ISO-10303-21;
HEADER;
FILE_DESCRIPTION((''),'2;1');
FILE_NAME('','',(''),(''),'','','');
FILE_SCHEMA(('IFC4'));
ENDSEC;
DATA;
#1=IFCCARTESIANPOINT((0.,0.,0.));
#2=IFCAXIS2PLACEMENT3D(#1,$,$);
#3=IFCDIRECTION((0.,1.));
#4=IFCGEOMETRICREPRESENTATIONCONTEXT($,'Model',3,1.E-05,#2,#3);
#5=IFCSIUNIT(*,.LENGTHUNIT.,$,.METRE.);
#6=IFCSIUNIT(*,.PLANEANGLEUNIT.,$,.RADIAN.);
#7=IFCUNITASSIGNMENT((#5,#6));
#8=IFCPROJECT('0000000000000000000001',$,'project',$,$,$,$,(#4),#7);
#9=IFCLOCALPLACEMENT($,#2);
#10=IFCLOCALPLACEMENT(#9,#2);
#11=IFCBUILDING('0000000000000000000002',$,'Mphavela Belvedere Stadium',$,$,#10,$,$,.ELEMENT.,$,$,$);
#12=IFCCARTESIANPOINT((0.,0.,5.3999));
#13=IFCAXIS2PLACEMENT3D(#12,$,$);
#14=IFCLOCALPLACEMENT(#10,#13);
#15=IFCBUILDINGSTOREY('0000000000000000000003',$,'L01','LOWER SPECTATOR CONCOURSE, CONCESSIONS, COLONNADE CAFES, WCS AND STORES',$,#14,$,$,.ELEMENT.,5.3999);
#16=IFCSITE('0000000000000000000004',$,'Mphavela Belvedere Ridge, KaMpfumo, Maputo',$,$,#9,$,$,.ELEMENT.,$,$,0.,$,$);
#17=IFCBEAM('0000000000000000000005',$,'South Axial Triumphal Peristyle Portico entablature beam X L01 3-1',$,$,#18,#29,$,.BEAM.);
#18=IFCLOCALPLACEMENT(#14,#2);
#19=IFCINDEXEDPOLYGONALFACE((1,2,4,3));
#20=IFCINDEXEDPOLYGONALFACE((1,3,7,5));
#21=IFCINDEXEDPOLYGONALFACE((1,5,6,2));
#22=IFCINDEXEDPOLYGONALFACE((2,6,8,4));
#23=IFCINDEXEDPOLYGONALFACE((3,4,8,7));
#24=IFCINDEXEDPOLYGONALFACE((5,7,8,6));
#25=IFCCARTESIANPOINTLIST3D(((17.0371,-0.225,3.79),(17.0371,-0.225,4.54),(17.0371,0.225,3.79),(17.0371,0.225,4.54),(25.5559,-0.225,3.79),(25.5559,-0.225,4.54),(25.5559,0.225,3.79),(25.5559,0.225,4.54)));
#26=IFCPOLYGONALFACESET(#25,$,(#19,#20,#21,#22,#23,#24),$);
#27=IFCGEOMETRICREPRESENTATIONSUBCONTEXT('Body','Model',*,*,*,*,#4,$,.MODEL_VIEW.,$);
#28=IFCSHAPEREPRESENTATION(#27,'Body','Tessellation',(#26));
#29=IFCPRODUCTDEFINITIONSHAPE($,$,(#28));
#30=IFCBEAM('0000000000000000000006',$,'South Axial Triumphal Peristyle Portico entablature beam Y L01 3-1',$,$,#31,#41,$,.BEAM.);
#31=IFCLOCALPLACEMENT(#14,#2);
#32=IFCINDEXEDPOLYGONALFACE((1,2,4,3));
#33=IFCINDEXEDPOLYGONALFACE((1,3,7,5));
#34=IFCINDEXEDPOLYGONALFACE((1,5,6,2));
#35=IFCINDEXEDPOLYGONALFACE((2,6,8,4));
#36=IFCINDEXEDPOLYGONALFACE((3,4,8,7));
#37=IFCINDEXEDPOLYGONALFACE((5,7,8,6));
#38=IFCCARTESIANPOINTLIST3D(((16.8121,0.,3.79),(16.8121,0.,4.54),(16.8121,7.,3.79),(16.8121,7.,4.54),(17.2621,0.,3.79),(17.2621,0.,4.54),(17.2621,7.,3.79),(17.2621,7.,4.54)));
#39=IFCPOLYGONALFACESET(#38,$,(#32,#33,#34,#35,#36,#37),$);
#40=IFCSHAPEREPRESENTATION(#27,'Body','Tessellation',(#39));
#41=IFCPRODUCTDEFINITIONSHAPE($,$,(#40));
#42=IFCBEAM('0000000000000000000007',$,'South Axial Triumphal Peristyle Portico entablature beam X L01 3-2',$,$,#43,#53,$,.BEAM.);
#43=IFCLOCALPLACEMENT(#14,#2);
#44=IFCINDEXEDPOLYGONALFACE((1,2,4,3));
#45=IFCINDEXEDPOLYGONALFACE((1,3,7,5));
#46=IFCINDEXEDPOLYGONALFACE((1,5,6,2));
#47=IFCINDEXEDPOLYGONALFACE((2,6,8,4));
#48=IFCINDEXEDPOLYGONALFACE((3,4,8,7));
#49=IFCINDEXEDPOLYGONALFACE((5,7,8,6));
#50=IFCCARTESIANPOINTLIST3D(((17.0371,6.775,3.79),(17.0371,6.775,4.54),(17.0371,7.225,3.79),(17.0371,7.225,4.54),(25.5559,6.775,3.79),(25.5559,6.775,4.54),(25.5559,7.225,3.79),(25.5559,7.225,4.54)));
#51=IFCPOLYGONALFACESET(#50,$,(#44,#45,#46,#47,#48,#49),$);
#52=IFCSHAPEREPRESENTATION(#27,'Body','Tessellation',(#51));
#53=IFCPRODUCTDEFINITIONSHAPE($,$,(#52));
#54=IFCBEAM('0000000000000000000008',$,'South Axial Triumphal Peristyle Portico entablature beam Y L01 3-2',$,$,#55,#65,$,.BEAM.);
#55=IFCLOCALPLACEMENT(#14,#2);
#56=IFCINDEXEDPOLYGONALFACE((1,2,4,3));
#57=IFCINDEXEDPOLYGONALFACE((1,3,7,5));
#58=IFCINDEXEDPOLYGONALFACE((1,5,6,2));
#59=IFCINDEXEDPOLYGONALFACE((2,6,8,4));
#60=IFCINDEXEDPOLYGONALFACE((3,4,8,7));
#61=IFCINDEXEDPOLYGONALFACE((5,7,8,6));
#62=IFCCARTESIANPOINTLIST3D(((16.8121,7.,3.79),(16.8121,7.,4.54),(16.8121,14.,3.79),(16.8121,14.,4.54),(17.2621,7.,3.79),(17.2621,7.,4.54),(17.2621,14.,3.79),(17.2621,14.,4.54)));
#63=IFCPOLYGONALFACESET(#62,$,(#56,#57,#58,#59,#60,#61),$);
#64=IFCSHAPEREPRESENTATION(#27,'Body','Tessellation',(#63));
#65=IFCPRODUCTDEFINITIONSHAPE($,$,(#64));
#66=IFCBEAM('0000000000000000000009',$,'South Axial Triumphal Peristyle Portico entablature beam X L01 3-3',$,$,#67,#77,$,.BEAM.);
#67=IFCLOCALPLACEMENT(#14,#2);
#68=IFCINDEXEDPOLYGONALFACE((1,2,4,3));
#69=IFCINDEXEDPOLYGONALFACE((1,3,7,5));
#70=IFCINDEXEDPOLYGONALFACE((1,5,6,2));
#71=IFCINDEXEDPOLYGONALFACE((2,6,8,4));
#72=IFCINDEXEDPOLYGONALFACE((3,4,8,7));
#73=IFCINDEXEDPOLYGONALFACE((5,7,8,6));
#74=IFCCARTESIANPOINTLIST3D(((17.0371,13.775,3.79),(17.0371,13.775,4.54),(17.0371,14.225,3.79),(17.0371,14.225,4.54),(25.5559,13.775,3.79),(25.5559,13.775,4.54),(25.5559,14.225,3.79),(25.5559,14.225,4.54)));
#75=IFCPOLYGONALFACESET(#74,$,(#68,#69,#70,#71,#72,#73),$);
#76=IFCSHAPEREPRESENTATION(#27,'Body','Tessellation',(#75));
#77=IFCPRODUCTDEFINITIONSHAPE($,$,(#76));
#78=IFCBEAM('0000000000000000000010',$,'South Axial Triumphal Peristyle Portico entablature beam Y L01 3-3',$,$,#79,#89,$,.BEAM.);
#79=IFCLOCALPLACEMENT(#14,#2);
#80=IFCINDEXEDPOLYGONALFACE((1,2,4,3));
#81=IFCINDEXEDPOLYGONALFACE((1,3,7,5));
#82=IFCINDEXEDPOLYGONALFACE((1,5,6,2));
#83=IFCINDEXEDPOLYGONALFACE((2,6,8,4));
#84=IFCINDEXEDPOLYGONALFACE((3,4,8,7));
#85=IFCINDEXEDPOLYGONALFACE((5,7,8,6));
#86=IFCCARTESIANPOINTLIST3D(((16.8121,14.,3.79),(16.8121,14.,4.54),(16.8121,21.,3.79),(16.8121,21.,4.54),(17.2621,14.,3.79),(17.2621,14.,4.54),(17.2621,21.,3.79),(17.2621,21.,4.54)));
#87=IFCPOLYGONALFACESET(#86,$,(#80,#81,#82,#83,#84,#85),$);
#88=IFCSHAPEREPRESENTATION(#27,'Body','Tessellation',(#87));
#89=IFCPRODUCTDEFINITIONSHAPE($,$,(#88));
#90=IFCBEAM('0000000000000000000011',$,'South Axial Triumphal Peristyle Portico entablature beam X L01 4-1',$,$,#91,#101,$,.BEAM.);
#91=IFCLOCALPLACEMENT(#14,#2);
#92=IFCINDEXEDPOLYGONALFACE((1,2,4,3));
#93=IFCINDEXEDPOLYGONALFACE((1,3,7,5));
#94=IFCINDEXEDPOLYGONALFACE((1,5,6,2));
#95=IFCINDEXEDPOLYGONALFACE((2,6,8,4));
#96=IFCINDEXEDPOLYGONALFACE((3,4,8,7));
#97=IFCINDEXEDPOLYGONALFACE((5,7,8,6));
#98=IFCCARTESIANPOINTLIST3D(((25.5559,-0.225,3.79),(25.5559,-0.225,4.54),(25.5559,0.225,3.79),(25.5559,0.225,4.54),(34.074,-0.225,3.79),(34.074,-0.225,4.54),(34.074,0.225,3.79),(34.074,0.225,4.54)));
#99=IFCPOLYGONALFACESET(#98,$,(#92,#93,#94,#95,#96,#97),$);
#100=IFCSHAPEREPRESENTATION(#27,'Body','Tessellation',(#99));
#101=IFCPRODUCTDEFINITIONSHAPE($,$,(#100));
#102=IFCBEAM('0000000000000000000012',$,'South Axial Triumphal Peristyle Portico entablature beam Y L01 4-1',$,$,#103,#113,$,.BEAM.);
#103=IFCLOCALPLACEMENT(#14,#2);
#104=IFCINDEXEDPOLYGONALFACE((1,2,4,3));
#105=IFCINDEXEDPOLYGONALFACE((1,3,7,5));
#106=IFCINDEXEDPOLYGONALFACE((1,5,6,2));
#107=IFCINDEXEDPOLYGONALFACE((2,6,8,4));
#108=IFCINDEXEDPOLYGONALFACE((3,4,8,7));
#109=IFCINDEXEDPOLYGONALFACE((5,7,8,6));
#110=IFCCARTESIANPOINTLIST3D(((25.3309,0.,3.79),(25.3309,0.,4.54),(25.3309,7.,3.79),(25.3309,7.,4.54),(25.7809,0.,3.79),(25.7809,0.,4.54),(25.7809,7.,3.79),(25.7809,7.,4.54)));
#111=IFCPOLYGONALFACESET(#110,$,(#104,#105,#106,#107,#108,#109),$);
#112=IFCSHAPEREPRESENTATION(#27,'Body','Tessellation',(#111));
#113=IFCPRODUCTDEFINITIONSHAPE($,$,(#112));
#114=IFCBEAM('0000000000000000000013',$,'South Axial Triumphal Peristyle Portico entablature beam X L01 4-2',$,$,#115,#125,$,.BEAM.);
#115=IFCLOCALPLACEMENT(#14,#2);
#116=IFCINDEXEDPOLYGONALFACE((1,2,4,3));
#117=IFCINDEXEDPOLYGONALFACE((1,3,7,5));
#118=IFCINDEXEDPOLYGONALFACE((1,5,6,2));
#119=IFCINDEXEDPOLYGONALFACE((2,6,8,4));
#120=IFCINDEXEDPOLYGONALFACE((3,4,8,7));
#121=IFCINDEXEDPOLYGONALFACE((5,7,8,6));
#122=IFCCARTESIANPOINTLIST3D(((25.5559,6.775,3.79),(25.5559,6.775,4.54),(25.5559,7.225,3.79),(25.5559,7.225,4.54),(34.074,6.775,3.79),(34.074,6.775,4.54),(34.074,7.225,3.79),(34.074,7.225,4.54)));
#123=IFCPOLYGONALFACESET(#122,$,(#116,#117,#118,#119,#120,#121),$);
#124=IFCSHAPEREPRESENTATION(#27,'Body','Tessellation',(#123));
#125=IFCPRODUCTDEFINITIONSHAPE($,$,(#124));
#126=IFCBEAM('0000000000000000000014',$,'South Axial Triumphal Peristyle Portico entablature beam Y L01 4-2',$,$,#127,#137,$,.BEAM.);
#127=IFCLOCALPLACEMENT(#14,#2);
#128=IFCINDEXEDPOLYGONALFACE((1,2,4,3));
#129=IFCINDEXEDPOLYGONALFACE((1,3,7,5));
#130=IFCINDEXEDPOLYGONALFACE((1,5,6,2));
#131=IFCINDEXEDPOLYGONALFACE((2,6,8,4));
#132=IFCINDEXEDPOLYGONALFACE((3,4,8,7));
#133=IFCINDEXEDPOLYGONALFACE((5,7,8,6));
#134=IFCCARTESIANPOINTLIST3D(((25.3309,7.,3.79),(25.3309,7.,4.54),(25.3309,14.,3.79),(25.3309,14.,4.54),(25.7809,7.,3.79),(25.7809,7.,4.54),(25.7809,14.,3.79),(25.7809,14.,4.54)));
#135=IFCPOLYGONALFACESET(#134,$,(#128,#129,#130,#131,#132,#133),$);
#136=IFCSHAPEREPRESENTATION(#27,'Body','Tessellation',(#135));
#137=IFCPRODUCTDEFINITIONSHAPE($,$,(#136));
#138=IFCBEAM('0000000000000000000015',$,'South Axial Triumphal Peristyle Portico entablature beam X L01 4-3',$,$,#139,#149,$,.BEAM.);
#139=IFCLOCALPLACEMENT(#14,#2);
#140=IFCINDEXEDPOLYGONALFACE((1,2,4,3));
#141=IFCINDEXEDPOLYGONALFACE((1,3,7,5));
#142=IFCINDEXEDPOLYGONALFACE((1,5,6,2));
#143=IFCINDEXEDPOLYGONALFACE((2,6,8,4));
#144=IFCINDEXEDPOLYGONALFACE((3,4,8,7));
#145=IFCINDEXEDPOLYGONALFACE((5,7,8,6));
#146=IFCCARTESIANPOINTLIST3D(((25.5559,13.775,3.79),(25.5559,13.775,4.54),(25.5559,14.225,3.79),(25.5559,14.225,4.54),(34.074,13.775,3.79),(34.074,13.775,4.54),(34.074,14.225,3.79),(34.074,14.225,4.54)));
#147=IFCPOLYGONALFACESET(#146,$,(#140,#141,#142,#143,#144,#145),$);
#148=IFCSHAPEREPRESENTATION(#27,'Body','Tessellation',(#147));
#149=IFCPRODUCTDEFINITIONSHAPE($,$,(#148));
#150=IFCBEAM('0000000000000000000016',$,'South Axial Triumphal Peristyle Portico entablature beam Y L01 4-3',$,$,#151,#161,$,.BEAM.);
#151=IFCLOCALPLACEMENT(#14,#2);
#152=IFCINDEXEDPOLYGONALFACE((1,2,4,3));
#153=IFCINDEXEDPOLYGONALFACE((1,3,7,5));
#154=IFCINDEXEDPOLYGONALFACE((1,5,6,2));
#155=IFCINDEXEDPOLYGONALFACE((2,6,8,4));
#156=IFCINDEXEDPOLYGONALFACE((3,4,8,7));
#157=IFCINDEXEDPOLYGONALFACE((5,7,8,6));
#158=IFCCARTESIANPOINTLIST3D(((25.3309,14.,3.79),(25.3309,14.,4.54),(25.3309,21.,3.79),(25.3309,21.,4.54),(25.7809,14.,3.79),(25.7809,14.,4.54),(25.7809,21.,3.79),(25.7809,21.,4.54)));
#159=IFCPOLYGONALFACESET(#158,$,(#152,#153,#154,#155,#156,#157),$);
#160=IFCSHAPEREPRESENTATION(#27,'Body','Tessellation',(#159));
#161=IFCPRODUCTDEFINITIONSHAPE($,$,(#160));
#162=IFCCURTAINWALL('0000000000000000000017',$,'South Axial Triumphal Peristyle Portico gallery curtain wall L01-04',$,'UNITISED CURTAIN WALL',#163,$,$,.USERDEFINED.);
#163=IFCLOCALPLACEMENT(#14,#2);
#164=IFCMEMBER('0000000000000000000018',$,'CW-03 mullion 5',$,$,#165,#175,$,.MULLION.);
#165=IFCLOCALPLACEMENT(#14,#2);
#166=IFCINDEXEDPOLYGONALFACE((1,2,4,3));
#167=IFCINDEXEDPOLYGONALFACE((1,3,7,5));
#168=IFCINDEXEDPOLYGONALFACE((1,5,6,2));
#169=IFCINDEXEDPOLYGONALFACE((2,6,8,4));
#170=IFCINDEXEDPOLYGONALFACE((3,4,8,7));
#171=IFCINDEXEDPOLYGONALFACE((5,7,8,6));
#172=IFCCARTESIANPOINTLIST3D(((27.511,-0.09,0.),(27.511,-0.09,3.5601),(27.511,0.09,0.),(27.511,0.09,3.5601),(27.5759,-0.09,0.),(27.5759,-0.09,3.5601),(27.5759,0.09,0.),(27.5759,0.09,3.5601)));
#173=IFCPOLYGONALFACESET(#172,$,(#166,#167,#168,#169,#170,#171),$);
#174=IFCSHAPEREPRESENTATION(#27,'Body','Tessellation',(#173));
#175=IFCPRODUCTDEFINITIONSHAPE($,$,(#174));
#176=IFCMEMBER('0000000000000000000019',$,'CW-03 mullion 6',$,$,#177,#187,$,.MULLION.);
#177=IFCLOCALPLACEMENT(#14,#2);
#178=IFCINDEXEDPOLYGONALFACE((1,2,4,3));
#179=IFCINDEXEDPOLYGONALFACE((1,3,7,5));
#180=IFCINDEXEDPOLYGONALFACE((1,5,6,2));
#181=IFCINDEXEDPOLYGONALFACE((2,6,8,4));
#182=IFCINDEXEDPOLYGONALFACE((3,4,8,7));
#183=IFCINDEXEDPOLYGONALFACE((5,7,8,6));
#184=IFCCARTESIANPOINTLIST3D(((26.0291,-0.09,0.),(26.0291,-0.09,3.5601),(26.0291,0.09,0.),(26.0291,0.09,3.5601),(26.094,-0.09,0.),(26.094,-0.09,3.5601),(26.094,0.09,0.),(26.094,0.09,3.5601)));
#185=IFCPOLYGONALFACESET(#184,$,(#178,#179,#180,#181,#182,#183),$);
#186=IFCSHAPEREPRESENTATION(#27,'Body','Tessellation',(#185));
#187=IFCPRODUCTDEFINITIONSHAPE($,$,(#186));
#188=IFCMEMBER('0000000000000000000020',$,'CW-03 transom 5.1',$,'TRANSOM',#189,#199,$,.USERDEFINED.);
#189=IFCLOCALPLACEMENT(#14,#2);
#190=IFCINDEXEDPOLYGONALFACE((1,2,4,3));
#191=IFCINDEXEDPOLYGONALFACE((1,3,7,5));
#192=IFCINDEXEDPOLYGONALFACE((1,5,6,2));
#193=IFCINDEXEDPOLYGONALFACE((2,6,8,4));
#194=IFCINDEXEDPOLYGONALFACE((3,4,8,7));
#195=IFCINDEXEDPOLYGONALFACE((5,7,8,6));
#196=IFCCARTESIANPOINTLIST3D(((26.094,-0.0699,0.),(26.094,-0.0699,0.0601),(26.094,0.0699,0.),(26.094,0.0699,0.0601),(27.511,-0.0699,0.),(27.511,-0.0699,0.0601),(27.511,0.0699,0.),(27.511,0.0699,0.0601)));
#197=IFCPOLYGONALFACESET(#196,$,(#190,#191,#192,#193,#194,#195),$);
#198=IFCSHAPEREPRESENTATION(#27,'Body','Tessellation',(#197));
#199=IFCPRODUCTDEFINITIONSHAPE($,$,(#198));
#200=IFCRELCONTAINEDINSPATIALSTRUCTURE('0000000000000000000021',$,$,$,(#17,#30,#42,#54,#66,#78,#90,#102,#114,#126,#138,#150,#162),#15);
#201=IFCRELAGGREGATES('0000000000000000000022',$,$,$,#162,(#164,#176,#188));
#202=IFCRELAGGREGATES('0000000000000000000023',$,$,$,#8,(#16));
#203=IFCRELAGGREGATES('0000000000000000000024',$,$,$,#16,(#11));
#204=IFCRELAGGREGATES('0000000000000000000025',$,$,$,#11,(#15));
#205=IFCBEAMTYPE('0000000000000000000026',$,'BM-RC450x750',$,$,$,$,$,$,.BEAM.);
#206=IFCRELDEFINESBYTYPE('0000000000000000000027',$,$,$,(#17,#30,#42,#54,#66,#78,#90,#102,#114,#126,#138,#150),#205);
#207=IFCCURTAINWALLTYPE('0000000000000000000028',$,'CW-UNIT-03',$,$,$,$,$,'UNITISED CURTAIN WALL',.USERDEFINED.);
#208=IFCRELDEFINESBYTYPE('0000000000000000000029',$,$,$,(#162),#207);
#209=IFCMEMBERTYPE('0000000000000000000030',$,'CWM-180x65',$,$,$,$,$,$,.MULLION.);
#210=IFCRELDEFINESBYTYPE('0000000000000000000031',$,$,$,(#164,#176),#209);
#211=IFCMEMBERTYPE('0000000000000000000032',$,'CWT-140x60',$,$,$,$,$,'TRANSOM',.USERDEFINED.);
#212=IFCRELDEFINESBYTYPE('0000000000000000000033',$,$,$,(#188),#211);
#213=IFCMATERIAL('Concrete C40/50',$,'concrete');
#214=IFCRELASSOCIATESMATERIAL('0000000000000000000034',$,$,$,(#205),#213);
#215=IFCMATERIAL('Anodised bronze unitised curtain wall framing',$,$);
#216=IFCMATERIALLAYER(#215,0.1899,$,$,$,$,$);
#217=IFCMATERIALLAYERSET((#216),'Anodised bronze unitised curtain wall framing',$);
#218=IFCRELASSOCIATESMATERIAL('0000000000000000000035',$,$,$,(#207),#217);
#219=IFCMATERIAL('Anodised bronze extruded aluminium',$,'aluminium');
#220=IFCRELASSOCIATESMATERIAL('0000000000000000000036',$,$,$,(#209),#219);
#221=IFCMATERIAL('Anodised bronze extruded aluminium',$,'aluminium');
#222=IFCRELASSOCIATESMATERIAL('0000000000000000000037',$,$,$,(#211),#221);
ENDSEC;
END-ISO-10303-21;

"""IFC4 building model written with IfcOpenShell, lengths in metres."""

from ifc_helpers import new_model, si_unit, direction, frame, origin, origin_2d, place, context, subcontext, project, spatial, rectangle, extrude, material, layer, layer_set, material_profile, profile_set, type_object, element, aggregate, save


model = new_model("IFC4")

# Units and contexts
model_context = context("Model", 3, precision=1e-05, world=origin(), true_north=direction((0.0, 1.0)))
body_context = subcontext(model_context, "Body", "Model", "MODEL_VIEW")
ifc_project = project(units=[si_unit("LENGTHUNIT", "METRE"), si_unit("PLANEANGLEUNIT", "RADIAN")], contexts=[model_context])

# Site, building, storey
site_placement = place(None, origin())
site = spatial("IfcSite", under=ifc_project, at=site_placement, Name="Mphavela Belvedere Ridge, KaMpfumo, Maputo", CompositionType="ELEMENT", RefElevation=0.0)
building_placement = place(site_placement, origin())
building = spatial("IfcBuilding", under=site, at=building_placement, Name="Mphavela Belvedere Stadium", CompositionType="ELEMENT")
storey_placement = place(building_placement, frame((0.0, 0.0, 5.3999)))
storey = spatial("IfcBuildingStorey", under=building, at=storey_placement, Name="L01", Description="LOWER SPECTATOR CONCOURSE, CONCESSIONS, COLONNADE CAFES, WCS AND STORES", CompositionType="ELEMENT", Elevation=5.3999)

# Beams
ifc_material_1 = material(Name="Concrete C40/50", Category="concrete")
ifc_material_profile_1 = material_profile(ifc_material_1, rectangle(XDim=0.45, YDim=0.75, at=origin_2d()), Name="RC 450x750")
ifc_profile_set_1 = profile_set([ifc_material_profile_1], Name="Concrete C40/50")
beam_type_1 = type_object("IfcBeamType", Name="BM-RC450x750", PredefinedType="BEAM", material=ifc_profile_set_1)
beam_1_placement = place(storey_placement, frame((17.0371, 0.0, 4.165), z_axis=(1.0, 0.0, 0.0), x_axis=(0.0, 1.0, 0.0)))
element("IfcBeam", 1, at=beam_1_placement, inside=storey, type_object=beam_type_1, Name="South Axial Triumphal Peristyle Portico entablature beam X L01 3-1", PredefinedType="BEAM", context=body_context, shape_type="SweptSolid", body=[
    extrude(rectangle(XDim=0.45, YDim=0.75, at=origin_2d()), origin(), (0.0, 0.0, 1.0), 8.5188),
])
beam_2_placement = place(storey_placement, frame((17.0371, 0.0, 4.165), z_axis=(0.0, 1.0, 0.0), x_axis=(-1.0, 0.0, 0.0)))
element("IfcBeam", 2, at=beam_2_placement, inside=storey, type_object=beam_type_1, Name="South Axial Triumphal Peristyle Portico entablature beam Y L01 3-1", PredefinedType="BEAM", context=body_context, shape_type="SweptSolid", body=[
    extrude(rectangle(XDim=0.45, YDim=0.75, at=origin_2d()), origin(), (0.0, 0.0, 1.0), 7.0),
])
beam_3_placement = place(storey_placement, frame((17.0371, 7.0, 4.165), z_axis=(1.0, 0.0, 0.0), x_axis=(0.0, 1.0, 0.0)))
element("IfcBeam", 3, at=beam_3_placement, inside=storey, type_object=beam_type_1, Name="South Axial Triumphal Peristyle Portico entablature beam X L01 3-2", PredefinedType="BEAM", context=body_context, shape_type="SweptSolid", body=[
    extrude(rectangle(XDim=0.45, YDim=0.75, at=origin_2d()), origin(), (0.0, 0.0, 1.0), 8.5188),
])
beam_4_placement = place(storey_placement, frame((17.0371, 7.0, 4.165), z_axis=(0.0, 1.0, 0.0), x_axis=(-1.0, 0.0, 0.0)))
element("IfcBeam", 4, at=beam_4_placement, inside=storey, type_object=beam_type_1, Name="South Axial Triumphal Peristyle Portico entablature beam Y L01 3-2", PredefinedType="BEAM", context=body_context, shape_type="SweptSolid", body=[
    extrude(rectangle(XDim=0.45, YDim=0.75, at=origin_2d()), origin(), (0.0, 0.0, 1.0), 7.0),
])
beam_5_placement = place(storey_placement, frame((17.0371, 14.0, 4.165), z_axis=(1.0, 0.0, 0.0), x_axis=(0.0, 1.0, 0.0)))
element("IfcBeam", 5, at=beam_5_placement, inside=storey, type_object=beam_type_1, Name="South Axial Triumphal Peristyle Portico entablature beam X L01 3-3", PredefinedType="BEAM", context=body_context, shape_type="SweptSolid", body=[
    extrude(rectangle(XDim=0.45, YDim=0.75, at=origin_2d()), origin(), (0.0, 0.0, 1.0), 8.5188),
])
beam_6_placement = place(storey_placement, frame((17.0371, 14.0, 4.165), z_axis=(0.0, 1.0, 0.0), x_axis=(-1.0, 0.0, 0.0)))
element("IfcBeam", 6, at=beam_6_placement, inside=storey, type_object=beam_type_1, Name="South Axial Triumphal Peristyle Portico entablature beam Y L01 3-3", PredefinedType="BEAM", context=body_context, shape_type="SweptSolid", body=[
    extrude(rectangle(XDim=0.45, YDim=0.75, at=origin_2d()), origin(), (0.0, 0.0, 1.0), 7.0),
])
beam_7_placement = place(storey_placement, frame((25.5559, 0.0, 4.165), z_axis=(1.0, 0.0, 0.0), x_axis=(0.0, 1.0, 0.0)))
element("IfcBeam", 7, at=beam_7_placement, inside=storey, type_object=beam_type_1, Name="South Axial Triumphal Peristyle Portico entablature beam X L01 4-1", PredefinedType="BEAM", context=body_context, shape_type="SweptSolid", body=[
    extrude(rectangle(XDim=0.45, YDim=0.75, at=origin_2d()), origin(), (0.0, 0.0, 1.0), 8.5181),
])
beam_8_placement = place(storey_placement, frame((25.5559, 0.0, 4.165), z_axis=(0.0, 1.0, 0.0), x_axis=(-1.0, 0.0, 0.0)))
element("IfcBeam", 8, at=beam_8_placement, inside=storey, type_object=beam_type_1, Name="South Axial Triumphal Peristyle Portico entablature beam Y L01 4-1", PredefinedType="BEAM", context=body_context, shape_type="SweptSolid", body=[
    extrude(rectangle(XDim=0.45, YDim=0.75, at=origin_2d()), origin(), (0.0, 0.0, 1.0), 7.0),
])
beam_9_placement = place(storey_placement, frame((25.5559, 7.0, 4.165), z_axis=(1.0, 0.0, 0.0), x_axis=(0.0, 1.0, 0.0)))
element("IfcBeam", 9, at=beam_9_placement, inside=storey, type_object=beam_type_1, Name="South Axial Triumphal Peristyle Portico entablature beam X L01 4-2", PredefinedType="BEAM", context=body_context, shape_type="SweptSolid", body=[
    extrude(rectangle(XDim=0.45, YDim=0.75, at=origin_2d()), origin(), (0.0, 0.0, 1.0), 8.5181),
])
beam_10_placement = place(storey_placement, frame((25.5559, 7.0, 4.165), z_axis=(0.0, 1.0, 0.0), x_axis=(-1.0, 0.0, 0.0)))
element("IfcBeam", 10, at=beam_10_placement, inside=storey, type_object=beam_type_1, Name="South Axial Triumphal Peristyle Portico entablature beam Y L01 4-2", PredefinedType="BEAM", context=body_context, shape_type="SweptSolid", body=[
    extrude(rectangle(XDim=0.45, YDim=0.75, at=origin_2d()), origin(), (0.0, 0.0, 1.0), 7.0),
])
beam_11_placement = place(storey_placement, frame((25.5559, 14.0, 4.165), z_axis=(1.0, 0.0, 0.0), x_axis=(0.0, 1.0, 0.0)))
element("IfcBeam", 11, at=beam_11_placement, inside=storey, type_object=beam_type_1, Name="South Axial Triumphal Peristyle Portico entablature beam X L01 4-3", PredefinedType="BEAM", context=body_context, shape_type="SweptSolid", body=[
    extrude(rectangle(XDim=0.45, YDim=0.75, at=origin_2d()), origin(), (0.0, 0.0, 1.0), 8.5181),
])
beam_12_placement = place(storey_placement, frame((25.5559, 14.0, 4.165), z_axis=(0.0, 1.0, 0.0), x_axis=(-1.0, 0.0, 0.0)))
element("IfcBeam", 12, at=beam_12_placement, inside=storey, type_object=beam_type_1, Name="South Axial Triumphal Peristyle Portico entablature beam Y L01 4-3", PredefinedType="BEAM", context=body_context, shape_type="SweptSolid", body=[
    extrude(rectangle(XDim=0.45, YDim=0.75, at=origin_2d()), origin(), (0.0, 0.0, 1.0), 7.0),
])

# Curtain wall, members
ifc_material_2 = material(Name="Anodised bronze unitised curtain wall framing")
ifc_layer_1 = layer(ifc_material_2, 0.1899)
ifc_layer_set_1 = layer_set([ifc_layer_1], Name="Anodised bronze unitised curtain wall framing")
curtain_wall_type = type_object("IfcCurtainWallType", Name="CW-UNIT-03", ElementType="UNITISED CURTAIN WALL", PredefinedType="USERDEFINED", material=ifc_layer_set_1)
curtain_wall_placement = place(storey_placement, origin())
curtain_wall = element("IfcCurtainWall", 13, at=curtain_wall_placement, inside=storey, type_object=curtain_wall_type, Name="South Axial Triumphal Peristyle Portico gallery curtain wall L01-04", ObjectType="UNITISED CURTAIN WALL", PredefinedType="USERDEFINED")
ifc_material_3 = material(Name="Anodised bronze extruded aluminium", Category="aluminium")
ifc_material_profile_2 = material_profile(ifc_material_3, rectangle(XDim=0.1799, YDim=0.0649, at=origin_2d()), Name="CW-MUL 180x65")
ifc_profile_set_2 = profile_set([ifc_material_profile_2], Name="Anodised bronze extruded aluminium")
member_type_1 = type_object("IfcMemberType", Name="CWM-180x65", PredefinedType="MULLION", material=ifc_profile_set_2)
member_1_placement = place(storey_placement, frame((27.5435, 0.0, 0.0), z_axis=(0.0, 0.0, 1.0), x_axis=(0.0, -1.0, 0.0)))
member_1 = element("IfcMember", 14, at=member_1_placement, type_object=member_type_1, Name="CW-03 mullion 5", PredefinedType="MULLION", context=body_context, shape_type="SweptSolid", body=[
    extrude(rectangle(XDim=0.1799, YDim=0.0649, at=origin_2d()), origin(), (0.0, 0.0, 1.0), 3.5601),
])
member_2_placement = place(storey_placement, frame((26.0615, 0.0, 0.0), z_axis=(0.0, 0.0, 1.0), x_axis=(0.0, -1.0, 0.0)))
member_2 = element("IfcMember", 15, at=member_2_placement, type_object=member_type_1, Name="CW-03 mullion 6", PredefinedType="MULLION", context=body_context, shape_type="SweptSolid", body=[
    extrude(rectangle(XDim=0.1799, YDim=0.0649, at=origin_2d()), origin(), (0.0, 0.0, 1.0), 3.5601),
])
ifc_material_4 = material(Name="Anodised bronze extruded aluminium", Category="aluminium")
ifc_material_profile_3 = material_profile(ifc_material_4, rectangle(XDim=0.1399, YDim=0.0601, at=origin_2d()), Name="CW-TRN 140x60")
ifc_profile_set_3 = profile_set([ifc_material_profile_3], Name="Anodised bronze extruded aluminium")
member_type_2 = type_object("IfcMemberType", Name="CWT-140x60", ElementType="TRANSOM", PredefinedType="USERDEFINED", material=ifc_profile_set_3)
member_3_placement = place(storey_placement, frame((27.511, 0.0, 0.03), z_axis=(-1.0, 0.0, 0.0), x_axis=(0.0, -1.0, 0.0)))
member_3 = element("IfcMember", 16, at=member_3_placement, type_object=member_type_2, Name="CW-03 transom 5.1", ObjectType="TRANSOM", PredefinedType="USERDEFINED", context=body_context, shape_type="SweptSolid", body=[
    extrude(rectangle(XDim=0.1399, YDim=0.0601, at=origin_2d()), origin(), (0.0, 0.0, 1.0), 1.417),
])
aggregate(curtain_wall, [member_1, member_2, member_3])

save(model, "model.ifc")
